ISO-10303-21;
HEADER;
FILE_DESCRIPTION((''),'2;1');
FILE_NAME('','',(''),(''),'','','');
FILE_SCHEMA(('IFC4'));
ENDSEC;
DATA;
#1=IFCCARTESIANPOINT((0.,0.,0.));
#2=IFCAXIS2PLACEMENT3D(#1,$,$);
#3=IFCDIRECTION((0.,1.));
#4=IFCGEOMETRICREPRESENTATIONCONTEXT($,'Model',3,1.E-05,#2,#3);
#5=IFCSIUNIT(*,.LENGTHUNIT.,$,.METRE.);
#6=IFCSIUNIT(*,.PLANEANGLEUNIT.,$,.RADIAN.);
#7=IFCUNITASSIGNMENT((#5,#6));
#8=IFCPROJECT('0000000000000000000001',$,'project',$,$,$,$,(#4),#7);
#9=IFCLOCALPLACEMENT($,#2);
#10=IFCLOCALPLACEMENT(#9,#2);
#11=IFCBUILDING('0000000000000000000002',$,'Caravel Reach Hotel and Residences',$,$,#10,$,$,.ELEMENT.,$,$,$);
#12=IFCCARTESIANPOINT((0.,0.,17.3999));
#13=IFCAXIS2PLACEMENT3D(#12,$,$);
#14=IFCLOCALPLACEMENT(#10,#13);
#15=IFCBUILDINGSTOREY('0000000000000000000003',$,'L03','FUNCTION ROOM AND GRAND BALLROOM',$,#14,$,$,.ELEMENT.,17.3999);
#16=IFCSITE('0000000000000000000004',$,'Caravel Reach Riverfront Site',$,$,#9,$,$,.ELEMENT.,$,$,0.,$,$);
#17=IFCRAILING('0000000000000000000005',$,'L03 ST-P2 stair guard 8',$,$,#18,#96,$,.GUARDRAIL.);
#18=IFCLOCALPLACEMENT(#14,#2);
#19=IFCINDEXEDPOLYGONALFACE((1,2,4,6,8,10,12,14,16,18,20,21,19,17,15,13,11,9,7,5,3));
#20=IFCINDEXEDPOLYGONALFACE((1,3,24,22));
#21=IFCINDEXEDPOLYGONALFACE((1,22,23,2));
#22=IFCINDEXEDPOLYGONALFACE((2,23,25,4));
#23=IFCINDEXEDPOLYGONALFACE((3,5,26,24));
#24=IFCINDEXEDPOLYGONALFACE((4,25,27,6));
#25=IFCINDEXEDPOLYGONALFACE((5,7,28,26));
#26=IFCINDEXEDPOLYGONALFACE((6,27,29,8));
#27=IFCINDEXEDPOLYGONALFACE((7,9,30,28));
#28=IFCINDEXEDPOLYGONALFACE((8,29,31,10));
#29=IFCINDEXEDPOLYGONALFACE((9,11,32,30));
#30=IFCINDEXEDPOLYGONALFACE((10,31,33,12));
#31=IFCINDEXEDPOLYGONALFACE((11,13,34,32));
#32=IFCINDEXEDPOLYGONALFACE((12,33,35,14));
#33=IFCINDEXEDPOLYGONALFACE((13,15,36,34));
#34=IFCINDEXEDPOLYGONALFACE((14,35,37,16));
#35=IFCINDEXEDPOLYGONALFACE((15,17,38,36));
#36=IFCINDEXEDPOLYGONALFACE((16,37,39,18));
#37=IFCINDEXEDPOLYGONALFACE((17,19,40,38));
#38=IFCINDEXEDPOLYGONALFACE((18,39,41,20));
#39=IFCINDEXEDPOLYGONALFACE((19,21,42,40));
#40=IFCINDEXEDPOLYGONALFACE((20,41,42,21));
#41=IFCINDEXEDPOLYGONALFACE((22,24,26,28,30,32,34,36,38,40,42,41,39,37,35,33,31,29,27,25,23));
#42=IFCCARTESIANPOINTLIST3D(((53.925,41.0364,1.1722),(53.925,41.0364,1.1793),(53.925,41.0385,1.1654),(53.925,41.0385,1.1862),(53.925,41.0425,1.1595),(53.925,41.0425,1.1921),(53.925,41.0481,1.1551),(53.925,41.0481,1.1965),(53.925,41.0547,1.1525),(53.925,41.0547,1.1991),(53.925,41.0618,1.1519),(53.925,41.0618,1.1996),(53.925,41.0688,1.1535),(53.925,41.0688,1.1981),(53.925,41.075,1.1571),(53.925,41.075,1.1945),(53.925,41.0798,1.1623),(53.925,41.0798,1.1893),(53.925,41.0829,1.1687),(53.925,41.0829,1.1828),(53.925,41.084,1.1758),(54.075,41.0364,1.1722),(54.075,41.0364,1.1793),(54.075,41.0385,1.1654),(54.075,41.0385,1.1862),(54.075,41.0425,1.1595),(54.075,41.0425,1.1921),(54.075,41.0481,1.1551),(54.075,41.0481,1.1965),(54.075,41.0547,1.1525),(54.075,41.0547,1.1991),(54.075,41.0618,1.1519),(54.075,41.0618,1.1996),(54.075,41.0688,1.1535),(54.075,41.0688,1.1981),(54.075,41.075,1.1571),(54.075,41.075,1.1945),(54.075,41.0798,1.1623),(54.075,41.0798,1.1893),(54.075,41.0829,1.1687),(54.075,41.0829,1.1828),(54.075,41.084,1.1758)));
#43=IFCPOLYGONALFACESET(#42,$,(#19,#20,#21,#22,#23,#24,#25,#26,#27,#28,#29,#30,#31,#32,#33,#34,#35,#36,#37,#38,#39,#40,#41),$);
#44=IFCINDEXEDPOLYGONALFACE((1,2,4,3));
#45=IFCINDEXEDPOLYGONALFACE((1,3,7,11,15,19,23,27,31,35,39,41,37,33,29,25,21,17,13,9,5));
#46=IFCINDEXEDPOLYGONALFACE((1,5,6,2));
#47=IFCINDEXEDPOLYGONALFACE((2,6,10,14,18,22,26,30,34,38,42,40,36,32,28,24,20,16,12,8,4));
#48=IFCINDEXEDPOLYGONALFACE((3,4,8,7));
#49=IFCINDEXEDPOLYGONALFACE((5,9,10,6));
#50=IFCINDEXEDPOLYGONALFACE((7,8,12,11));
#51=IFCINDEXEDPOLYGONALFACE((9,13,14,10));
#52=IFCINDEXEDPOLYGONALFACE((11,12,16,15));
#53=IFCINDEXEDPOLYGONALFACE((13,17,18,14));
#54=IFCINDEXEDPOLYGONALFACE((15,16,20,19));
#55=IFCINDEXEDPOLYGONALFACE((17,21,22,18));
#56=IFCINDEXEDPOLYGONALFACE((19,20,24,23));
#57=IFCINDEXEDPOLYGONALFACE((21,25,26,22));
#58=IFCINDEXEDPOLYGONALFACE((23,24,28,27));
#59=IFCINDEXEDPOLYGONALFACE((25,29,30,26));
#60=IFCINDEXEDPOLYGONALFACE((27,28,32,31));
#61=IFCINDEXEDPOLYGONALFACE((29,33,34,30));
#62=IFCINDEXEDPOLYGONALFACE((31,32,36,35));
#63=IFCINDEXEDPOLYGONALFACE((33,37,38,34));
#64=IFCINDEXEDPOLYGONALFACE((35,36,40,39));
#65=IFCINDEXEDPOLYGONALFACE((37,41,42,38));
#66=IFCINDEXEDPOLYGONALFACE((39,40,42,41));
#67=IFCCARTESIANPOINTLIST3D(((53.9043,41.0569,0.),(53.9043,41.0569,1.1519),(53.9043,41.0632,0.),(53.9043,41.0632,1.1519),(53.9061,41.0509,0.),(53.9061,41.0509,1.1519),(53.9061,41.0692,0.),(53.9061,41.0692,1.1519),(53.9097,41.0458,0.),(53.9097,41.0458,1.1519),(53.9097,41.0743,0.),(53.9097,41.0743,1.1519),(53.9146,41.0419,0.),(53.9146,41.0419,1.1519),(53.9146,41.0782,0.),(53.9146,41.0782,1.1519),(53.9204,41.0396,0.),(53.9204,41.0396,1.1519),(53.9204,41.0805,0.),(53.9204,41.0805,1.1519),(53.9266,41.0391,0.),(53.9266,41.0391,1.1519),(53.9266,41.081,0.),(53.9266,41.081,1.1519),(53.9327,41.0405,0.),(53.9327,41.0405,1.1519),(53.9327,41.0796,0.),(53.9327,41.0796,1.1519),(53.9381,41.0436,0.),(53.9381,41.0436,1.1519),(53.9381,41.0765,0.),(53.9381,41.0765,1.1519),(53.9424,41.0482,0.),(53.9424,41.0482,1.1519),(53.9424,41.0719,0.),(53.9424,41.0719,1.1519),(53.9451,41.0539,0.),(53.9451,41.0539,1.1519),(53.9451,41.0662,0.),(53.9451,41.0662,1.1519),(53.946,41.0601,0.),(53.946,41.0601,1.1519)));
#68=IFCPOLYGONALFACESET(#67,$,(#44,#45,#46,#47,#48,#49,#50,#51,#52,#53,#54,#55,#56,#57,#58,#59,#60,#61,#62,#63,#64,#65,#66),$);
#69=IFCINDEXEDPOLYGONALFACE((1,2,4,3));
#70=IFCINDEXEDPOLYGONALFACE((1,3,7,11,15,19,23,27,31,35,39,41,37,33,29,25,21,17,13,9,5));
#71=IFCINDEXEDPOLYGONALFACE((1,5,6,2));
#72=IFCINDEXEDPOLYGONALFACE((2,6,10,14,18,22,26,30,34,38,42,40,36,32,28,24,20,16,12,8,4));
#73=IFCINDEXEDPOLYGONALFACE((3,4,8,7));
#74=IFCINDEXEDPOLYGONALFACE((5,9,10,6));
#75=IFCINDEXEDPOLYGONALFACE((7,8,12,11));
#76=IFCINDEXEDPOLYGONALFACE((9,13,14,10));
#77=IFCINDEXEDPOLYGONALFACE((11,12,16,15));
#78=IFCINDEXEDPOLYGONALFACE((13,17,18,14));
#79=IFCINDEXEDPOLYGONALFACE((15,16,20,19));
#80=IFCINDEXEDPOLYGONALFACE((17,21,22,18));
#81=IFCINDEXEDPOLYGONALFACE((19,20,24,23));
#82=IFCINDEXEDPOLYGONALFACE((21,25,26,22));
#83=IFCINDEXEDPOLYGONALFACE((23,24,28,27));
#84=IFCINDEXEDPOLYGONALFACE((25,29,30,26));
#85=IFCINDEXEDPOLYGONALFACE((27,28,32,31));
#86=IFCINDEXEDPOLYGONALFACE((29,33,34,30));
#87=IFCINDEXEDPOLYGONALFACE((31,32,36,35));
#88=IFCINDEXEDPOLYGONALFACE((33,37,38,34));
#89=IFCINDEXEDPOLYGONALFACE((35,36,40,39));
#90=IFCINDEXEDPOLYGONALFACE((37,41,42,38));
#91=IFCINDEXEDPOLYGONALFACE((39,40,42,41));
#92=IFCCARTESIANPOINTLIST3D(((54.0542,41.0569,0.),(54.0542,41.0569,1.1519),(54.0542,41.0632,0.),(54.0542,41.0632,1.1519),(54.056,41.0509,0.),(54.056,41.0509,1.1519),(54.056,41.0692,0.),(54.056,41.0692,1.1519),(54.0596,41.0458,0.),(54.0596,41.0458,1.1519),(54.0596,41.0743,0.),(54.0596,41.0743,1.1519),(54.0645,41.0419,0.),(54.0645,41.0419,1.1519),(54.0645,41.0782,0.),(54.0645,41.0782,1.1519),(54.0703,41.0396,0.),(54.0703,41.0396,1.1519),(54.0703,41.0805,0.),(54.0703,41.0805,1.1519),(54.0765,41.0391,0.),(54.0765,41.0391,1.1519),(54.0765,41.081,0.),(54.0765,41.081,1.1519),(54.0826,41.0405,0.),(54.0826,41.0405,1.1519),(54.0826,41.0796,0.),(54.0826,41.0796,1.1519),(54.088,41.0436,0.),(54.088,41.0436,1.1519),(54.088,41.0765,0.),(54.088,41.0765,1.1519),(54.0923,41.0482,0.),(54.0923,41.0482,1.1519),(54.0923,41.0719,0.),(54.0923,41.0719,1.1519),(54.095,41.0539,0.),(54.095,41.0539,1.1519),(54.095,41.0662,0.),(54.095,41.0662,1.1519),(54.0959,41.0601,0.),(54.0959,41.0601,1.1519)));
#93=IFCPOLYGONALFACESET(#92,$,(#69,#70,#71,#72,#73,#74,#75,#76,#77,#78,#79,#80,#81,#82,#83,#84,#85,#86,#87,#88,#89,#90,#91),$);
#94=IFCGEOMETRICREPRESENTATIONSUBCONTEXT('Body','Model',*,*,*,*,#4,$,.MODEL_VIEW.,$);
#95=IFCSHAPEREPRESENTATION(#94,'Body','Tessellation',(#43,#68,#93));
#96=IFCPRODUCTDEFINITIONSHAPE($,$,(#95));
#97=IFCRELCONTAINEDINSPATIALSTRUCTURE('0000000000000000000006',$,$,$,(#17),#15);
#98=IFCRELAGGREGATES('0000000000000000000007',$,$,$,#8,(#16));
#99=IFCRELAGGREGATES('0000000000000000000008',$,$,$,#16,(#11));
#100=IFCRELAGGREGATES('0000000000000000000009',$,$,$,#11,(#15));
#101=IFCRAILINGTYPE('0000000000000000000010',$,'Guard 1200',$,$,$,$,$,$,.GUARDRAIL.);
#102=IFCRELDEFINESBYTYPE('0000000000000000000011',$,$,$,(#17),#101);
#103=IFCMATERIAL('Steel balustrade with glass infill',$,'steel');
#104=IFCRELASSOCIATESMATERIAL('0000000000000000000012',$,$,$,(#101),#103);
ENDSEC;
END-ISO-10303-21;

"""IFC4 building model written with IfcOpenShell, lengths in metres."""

from ifc_helpers import new_model, si_unit, direction, frame, origin, origin_2d, place, context, subcontext, project, spatial, circle, extrude, material, type_object, element, save


model = new_model("IFC4")

# Units and contexts
model_context = context("Model", 3, precision=1e-05, world=origin(), true_north=direction((0.0, 1.0)))
body_context = subcontext(model_context, "Body", "Model", "MODEL_VIEW")
ifc_project = project(units=[si_unit("LENGTHUNIT", "METRE"), si_unit("PLANEANGLEUNIT", "RADIAN")], contexts=[model_context])

# Site, building, storey
site_placement = place(None, origin())
site = spatial("IfcSite", under=ifc_project, at=site_placement, Name="Caravel Reach Riverfront Site", CompositionType="ELEMENT", RefElevation=0.0)
building_placement = place(site_placement, origin())
building = spatial("IfcBuilding", under=site, at=building_placement, Name="Caravel Reach Hotel and Residences", CompositionType="ELEMENT")
storey_placement = place(building_placement, frame((0.0, 0.0, 17.3999)))
storey = spatial("IfcBuildingStorey", under=building, at=storey_placement, Name="L03", Description="FUNCTION ROOM AND GRAND BALLROOM", CompositionType="ELEMENT", Elevation=17.3999)

# Railing
ifc_material_1 = material(Name="Steel balustrade with glass infill", Category="steel")
railing_type_1 = type_object("IfcRailingType", Name="Guard 1200", PredefinedType="GUARDRAIL", material=ifc_material_1)
for number, where, name in (
    (1, (53.925, 41.0601, 0.0), "L03 ST-P2 stair guard 8"),
):
    element("IfcRailing", number, at=place(storey_placement, frame(where)), inside=storey, type_object=railing_type_1, Name=name, PredefinedType="GUARDRAIL", context=body_context, shape_type="SweptSolid", body=[
        extrude(circle(Radius=0.0239, at=origin_2d()), frame((0.0, 0.0, 1.1758), z_axis=(1.0, 0.0, 0.0), x_axis=(0.0, 1.0, 0.0)), (0.0, 0.0, 1.0), 0.1499),
        extrude(circle(Radius=0.021, at=origin_2d()), origin(), (0.0, 0.0, 1.0), 1.1519),
        extrude(circle(Radius=0.021, at=origin_2d()), frame((0.1499, 0.0, 0.0)), (0.0, 0.0, 1.0), 1.1519),
    ])

save(model, "model.ifc")
